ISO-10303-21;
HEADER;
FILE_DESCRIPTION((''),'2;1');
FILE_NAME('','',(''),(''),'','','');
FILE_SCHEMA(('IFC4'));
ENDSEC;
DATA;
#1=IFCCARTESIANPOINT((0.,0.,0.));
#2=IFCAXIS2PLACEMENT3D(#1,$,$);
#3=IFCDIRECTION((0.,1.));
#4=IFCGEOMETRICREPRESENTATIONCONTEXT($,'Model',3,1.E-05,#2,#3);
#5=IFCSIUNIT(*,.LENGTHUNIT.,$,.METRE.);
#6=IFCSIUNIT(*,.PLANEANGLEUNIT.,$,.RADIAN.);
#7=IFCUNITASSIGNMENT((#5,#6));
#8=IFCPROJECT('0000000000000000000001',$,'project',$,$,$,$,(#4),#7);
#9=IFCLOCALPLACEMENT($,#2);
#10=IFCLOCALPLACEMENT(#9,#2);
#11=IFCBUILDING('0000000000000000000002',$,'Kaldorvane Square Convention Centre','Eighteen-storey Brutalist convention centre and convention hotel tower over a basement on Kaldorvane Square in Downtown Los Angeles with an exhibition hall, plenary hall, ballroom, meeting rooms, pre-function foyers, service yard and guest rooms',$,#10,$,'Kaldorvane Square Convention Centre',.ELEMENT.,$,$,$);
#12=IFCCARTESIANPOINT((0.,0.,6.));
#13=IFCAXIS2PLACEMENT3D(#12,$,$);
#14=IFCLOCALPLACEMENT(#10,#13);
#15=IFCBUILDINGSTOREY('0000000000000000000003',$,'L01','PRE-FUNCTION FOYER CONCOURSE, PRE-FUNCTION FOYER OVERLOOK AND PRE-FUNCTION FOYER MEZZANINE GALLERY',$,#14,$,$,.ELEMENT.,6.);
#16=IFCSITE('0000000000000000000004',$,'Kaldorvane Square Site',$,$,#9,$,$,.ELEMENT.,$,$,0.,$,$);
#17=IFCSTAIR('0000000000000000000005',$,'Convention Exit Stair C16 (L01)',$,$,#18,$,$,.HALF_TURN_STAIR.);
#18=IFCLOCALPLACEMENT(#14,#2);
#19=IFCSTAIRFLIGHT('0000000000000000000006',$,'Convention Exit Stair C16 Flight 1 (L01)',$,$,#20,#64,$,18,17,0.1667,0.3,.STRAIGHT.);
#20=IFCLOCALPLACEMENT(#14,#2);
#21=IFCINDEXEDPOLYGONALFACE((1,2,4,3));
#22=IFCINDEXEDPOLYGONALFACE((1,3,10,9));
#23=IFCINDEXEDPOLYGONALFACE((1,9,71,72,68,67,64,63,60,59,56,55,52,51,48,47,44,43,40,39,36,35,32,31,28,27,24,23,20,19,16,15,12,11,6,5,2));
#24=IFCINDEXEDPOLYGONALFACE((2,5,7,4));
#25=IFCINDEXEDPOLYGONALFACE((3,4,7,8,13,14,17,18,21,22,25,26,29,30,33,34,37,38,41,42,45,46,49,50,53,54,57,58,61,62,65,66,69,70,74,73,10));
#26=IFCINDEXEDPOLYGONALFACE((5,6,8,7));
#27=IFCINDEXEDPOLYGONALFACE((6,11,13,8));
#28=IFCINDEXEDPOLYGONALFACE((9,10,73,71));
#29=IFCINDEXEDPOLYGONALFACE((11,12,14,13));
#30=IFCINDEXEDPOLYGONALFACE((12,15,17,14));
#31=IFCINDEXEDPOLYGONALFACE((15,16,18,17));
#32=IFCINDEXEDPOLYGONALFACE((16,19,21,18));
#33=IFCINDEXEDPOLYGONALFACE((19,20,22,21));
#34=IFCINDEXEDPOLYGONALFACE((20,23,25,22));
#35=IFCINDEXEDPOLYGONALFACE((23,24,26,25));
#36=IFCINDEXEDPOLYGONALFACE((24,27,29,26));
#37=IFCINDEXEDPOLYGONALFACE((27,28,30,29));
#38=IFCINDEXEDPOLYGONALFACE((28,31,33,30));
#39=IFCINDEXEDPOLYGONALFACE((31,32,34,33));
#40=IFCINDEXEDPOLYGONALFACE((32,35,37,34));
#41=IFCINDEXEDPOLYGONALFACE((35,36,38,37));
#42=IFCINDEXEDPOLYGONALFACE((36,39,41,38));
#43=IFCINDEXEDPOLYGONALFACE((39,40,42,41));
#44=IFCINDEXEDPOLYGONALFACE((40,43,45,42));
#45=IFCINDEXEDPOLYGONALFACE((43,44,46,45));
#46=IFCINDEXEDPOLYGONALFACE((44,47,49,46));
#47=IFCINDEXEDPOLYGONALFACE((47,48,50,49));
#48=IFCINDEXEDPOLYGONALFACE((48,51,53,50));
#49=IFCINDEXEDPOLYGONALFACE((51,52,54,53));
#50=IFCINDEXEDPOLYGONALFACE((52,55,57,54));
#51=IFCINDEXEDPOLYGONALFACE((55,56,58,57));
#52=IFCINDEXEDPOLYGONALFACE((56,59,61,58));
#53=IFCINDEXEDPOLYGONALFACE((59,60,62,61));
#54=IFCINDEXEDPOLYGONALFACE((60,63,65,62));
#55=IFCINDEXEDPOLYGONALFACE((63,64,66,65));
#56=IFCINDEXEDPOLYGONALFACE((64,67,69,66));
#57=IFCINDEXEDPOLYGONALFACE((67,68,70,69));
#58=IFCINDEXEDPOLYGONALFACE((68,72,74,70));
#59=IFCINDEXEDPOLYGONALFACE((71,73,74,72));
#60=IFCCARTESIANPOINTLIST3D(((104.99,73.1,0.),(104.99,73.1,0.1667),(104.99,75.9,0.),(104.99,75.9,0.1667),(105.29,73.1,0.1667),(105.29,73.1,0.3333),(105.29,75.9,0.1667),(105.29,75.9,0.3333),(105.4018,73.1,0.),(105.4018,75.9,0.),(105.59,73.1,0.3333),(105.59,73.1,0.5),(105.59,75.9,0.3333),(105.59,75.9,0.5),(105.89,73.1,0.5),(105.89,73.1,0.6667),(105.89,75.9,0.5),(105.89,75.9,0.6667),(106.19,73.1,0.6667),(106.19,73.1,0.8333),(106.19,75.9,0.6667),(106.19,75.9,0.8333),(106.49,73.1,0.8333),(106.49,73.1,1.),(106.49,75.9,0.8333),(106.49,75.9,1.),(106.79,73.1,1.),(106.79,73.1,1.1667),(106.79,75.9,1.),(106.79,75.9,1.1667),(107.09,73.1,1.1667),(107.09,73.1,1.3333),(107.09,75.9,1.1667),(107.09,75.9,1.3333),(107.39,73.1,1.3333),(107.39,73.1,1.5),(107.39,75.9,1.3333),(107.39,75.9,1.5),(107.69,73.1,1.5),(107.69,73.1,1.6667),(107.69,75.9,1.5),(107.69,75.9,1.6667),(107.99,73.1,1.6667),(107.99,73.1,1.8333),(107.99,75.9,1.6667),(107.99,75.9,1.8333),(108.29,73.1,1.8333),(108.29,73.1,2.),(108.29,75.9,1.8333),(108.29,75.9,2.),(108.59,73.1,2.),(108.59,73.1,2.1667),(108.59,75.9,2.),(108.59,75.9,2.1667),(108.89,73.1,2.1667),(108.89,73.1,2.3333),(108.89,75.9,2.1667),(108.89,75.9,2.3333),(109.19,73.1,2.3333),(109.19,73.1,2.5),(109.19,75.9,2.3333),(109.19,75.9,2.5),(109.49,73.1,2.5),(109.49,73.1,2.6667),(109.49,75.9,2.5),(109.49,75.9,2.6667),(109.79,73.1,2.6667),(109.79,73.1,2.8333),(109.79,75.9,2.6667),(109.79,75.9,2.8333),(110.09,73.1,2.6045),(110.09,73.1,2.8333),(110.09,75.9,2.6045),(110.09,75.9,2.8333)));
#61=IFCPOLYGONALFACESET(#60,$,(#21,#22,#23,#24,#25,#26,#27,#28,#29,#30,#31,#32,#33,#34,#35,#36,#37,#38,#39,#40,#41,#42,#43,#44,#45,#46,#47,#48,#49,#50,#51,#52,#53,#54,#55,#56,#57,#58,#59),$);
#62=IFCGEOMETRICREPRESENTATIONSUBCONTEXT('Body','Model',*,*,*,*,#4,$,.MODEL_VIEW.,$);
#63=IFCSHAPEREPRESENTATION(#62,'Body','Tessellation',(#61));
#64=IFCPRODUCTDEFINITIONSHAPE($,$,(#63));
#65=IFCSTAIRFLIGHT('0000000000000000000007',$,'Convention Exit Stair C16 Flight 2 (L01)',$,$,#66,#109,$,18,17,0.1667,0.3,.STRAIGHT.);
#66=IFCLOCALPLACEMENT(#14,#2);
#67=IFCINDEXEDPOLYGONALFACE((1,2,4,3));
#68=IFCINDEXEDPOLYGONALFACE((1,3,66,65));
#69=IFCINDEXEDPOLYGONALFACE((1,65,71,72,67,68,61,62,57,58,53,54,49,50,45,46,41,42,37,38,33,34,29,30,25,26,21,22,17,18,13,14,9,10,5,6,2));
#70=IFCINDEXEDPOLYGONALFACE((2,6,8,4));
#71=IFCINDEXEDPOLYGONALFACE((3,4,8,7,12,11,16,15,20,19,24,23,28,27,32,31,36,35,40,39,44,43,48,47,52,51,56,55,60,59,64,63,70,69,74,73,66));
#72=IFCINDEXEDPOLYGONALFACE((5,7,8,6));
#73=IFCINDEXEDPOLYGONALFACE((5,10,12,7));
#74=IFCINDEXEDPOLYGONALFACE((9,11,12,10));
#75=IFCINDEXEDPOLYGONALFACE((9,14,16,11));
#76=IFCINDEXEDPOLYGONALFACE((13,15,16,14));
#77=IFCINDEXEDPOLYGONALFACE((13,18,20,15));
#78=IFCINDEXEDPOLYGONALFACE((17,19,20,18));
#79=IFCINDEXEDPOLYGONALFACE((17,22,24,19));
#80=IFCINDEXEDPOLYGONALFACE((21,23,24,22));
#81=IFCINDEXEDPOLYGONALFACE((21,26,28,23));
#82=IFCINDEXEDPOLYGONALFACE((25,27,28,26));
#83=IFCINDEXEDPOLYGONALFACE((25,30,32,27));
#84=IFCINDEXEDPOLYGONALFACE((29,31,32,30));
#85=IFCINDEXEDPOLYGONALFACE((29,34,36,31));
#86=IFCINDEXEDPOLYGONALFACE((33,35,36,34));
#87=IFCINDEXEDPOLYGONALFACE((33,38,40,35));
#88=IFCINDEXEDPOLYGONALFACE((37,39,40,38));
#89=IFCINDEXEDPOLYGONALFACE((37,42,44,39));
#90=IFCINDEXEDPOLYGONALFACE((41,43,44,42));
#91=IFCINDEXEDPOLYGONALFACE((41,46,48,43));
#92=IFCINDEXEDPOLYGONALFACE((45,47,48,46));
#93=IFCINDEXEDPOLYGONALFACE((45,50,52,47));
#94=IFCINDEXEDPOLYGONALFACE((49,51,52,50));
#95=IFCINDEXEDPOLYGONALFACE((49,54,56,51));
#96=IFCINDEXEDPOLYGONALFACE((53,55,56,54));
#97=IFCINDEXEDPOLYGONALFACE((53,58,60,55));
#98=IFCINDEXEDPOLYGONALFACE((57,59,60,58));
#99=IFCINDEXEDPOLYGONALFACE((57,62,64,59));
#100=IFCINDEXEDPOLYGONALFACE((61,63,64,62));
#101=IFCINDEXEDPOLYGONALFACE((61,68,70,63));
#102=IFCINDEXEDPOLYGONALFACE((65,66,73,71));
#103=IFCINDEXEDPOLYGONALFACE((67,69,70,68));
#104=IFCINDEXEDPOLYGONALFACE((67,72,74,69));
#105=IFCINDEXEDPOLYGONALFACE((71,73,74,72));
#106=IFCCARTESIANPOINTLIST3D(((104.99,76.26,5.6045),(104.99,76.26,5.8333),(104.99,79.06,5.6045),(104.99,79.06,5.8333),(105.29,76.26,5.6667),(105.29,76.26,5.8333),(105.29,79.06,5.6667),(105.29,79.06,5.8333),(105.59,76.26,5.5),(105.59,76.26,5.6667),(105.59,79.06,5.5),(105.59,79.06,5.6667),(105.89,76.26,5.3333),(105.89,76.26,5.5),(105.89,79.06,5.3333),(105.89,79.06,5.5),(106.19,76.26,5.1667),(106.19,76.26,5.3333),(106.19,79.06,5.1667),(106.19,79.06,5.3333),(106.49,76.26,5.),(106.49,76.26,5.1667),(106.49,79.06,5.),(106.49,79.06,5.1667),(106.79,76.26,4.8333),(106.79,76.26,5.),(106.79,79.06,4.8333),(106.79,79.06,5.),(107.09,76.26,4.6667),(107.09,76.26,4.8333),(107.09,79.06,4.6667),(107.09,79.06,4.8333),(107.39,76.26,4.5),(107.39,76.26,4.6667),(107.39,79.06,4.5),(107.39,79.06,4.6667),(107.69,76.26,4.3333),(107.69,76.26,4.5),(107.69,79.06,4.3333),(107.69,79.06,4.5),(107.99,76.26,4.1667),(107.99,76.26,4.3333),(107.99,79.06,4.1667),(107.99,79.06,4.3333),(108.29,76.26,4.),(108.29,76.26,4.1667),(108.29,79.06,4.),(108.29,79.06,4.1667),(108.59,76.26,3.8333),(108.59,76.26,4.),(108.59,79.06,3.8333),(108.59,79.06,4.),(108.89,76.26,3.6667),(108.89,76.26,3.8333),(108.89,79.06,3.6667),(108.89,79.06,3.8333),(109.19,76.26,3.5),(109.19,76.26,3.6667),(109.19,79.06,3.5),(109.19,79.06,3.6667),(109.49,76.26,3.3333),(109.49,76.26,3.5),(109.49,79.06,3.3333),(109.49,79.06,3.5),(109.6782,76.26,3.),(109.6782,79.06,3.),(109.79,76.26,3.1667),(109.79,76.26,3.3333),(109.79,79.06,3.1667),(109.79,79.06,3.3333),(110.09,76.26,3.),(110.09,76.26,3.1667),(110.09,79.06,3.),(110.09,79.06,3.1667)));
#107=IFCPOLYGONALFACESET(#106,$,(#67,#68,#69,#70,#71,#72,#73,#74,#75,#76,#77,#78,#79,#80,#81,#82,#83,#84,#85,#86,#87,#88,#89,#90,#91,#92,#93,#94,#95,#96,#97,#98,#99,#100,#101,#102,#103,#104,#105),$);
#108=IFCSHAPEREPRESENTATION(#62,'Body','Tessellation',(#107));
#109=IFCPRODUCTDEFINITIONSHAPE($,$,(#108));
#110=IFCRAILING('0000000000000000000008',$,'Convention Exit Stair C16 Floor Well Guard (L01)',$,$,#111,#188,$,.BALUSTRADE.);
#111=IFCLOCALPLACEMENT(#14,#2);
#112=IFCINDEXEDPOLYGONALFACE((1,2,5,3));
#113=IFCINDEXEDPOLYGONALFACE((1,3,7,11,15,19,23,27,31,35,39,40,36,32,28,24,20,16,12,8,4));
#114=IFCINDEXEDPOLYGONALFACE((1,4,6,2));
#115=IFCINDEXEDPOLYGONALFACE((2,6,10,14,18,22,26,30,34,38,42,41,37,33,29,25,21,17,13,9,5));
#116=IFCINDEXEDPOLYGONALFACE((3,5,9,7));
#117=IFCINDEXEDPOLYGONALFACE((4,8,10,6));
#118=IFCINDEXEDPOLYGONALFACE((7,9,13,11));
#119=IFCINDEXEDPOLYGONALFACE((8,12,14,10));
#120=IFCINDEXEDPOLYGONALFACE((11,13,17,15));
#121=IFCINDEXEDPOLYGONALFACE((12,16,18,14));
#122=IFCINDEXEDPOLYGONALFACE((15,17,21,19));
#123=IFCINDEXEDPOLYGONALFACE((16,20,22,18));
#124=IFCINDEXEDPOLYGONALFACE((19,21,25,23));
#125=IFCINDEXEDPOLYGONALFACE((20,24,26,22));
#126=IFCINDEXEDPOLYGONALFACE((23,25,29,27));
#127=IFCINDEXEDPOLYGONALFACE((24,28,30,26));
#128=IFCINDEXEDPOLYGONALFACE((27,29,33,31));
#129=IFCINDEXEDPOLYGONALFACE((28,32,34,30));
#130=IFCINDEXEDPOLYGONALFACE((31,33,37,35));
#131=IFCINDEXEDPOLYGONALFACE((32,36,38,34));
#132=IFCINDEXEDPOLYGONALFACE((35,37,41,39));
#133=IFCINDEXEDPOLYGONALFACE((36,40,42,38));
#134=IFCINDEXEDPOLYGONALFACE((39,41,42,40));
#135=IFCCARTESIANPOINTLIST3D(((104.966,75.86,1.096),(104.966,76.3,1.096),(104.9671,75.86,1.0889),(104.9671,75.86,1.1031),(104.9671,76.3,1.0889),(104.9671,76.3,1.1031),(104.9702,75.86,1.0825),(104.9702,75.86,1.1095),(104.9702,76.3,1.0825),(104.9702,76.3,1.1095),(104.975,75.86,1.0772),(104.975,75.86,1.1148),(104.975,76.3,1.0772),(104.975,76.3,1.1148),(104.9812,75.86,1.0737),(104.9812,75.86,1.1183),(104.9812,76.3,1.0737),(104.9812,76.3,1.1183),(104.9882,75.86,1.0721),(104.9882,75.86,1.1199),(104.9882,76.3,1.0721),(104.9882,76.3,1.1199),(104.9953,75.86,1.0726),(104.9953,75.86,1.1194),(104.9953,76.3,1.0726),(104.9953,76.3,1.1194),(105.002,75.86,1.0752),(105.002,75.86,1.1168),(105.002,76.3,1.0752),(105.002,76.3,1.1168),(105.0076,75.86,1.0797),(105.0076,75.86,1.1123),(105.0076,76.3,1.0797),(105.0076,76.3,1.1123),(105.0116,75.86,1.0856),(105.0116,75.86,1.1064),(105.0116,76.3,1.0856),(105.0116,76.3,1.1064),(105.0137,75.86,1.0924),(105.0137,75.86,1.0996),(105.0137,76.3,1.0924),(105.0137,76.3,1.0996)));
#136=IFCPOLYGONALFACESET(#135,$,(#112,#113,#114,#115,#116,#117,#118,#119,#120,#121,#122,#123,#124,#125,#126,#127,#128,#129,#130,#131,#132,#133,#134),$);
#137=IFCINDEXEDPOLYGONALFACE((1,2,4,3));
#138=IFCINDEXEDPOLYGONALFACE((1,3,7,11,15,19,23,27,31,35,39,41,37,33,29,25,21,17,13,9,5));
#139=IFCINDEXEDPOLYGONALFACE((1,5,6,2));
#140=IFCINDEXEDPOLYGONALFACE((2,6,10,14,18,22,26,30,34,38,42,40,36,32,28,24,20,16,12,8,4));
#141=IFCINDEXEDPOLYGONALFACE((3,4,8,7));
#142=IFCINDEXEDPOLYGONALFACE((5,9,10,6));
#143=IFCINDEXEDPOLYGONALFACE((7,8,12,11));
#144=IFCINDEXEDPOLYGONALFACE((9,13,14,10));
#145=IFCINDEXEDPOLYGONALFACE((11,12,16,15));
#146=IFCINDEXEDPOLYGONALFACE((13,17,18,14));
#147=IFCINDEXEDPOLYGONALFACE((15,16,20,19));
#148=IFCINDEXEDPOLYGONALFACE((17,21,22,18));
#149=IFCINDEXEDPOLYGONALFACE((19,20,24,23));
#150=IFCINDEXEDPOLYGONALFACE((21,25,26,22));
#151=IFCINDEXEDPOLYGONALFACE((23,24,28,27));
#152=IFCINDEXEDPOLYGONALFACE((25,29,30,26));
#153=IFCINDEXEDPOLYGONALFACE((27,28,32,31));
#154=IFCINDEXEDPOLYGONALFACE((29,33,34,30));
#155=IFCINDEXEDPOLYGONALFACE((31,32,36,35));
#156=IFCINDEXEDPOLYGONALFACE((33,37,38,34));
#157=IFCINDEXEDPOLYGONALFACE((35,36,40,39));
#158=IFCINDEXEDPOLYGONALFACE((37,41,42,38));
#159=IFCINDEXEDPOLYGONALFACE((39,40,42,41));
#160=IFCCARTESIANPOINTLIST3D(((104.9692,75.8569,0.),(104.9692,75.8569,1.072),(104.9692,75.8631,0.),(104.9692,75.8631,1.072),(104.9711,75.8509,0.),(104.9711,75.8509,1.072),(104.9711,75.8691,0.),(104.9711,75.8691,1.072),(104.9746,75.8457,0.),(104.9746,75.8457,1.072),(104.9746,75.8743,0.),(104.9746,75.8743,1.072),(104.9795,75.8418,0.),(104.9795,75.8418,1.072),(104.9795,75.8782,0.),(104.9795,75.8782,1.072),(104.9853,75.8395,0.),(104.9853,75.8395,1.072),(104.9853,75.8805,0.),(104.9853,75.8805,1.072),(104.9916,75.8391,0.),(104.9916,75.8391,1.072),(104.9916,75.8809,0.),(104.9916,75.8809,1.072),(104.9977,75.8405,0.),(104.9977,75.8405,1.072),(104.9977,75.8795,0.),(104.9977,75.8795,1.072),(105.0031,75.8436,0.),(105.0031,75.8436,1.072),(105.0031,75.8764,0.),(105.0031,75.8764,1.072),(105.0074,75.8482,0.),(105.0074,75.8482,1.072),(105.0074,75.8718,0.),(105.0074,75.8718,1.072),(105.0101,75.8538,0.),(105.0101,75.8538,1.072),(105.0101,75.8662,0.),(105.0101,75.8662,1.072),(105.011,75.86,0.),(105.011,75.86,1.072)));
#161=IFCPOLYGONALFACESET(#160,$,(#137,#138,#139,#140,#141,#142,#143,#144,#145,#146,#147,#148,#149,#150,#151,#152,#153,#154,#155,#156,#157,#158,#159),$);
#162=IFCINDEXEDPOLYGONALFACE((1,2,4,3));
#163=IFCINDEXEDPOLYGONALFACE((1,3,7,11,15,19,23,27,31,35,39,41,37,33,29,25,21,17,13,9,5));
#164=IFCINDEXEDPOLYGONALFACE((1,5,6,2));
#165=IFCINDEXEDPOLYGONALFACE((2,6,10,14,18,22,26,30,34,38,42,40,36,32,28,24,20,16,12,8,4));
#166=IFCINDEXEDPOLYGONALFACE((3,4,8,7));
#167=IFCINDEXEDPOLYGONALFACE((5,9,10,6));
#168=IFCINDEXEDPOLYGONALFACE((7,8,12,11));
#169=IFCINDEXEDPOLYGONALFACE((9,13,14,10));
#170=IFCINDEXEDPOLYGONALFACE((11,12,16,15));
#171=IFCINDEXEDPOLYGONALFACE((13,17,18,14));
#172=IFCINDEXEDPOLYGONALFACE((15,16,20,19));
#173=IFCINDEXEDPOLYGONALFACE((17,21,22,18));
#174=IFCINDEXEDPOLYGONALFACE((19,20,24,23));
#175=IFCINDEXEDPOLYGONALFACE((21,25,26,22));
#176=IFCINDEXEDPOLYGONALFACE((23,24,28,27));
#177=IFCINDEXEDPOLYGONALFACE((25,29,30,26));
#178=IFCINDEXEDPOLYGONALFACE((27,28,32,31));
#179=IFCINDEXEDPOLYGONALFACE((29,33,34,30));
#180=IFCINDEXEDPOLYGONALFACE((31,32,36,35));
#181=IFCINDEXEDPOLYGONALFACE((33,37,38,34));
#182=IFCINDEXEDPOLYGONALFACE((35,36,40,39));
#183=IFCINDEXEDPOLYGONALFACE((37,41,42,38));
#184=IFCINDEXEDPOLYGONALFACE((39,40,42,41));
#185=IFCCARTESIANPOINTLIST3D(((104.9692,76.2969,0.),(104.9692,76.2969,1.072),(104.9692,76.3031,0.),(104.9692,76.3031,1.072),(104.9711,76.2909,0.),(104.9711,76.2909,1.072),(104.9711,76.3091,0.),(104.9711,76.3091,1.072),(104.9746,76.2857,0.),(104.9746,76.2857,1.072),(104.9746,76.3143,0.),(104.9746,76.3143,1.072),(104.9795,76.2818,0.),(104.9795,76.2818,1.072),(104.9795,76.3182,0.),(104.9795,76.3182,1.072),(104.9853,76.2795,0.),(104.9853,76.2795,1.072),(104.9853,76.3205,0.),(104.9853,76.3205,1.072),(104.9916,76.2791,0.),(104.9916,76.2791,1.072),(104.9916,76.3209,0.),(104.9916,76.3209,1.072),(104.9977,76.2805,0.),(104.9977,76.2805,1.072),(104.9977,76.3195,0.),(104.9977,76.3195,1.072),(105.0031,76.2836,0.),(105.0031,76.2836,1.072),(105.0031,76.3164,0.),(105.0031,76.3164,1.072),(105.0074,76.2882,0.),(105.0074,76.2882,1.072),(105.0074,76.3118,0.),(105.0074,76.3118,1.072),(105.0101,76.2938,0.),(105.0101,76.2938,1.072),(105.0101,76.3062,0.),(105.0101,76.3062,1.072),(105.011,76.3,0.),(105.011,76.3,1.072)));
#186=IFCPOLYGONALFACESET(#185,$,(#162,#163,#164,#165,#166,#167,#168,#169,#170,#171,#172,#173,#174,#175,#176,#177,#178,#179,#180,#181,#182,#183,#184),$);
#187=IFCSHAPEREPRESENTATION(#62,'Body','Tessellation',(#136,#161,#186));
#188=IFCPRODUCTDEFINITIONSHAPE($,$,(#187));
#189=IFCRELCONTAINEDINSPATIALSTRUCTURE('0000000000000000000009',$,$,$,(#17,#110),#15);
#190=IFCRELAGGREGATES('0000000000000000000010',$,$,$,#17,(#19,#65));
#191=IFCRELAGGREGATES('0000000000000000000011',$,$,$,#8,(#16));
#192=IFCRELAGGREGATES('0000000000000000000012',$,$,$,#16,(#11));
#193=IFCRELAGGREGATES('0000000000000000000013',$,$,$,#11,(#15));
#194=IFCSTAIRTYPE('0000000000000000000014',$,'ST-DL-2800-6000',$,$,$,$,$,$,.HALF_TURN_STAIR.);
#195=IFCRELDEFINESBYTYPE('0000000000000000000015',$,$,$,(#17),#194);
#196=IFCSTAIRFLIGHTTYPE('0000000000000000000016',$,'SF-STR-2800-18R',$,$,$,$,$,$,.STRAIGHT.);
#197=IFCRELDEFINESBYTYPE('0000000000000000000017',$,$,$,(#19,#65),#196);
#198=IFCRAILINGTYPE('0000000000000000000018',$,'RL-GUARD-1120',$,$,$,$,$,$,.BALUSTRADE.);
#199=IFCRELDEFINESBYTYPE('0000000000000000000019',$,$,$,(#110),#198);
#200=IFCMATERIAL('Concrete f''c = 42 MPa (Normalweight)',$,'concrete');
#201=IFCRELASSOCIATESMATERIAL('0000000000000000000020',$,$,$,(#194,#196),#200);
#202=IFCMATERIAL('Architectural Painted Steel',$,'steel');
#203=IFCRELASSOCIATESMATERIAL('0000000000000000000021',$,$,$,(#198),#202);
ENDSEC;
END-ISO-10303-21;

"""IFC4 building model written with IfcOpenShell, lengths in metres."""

from ifc_helpers import new_model, si_unit, direction, frame, origin, origin_2d, place, context, subcontext, project, spatial, polyline, circle, outline, extrude, material, type_object, element, aggregate, save


model = new_model("IFC4")

# Units and contexts
model_context = context("Model", 3, precision=1e-05, world=origin(), true_north=direction((0.0, 1.0)))
body_context = subcontext(model_context, "Body", "Model", "MODEL_VIEW")
ifc_project = project(units=[si_unit("LENGTHUNIT", "METRE"), si_unit("PLANEANGLEUNIT", "RADIAN")], contexts=[model_context])

# Site, building, storey
site_placement = place(None, origin())
site = spatial("IfcSite", under=ifc_project, at=site_placement, Name="Kaldorvane Square Site", CompositionType="ELEMENT", RefElevation=0.0)
building_placement = place(site_placement, origin())
building = spatial("IfcBuilding", under=site, at=building_placement, Name="Kaldorvane Square Convention Centre", Description="Eighteen-storey Brutalist convention centre and convention hotel tower over a basement on Kaldorvane Square in Downtown Los Angeles with an exhibition hall, plenary hall, ballroom, meeting rooms, pre-function foyers, service yard and guest rooms", LongName="Kaldorvane Square Convention Centre", CompositionType="ELEMENT")
storey_placement = place(building_placement, frame((0.0, 0.0, 6.0)))
storey = spatial("IfcBuildingStorey", under=building, at=storey_placement, Name="L01", Description="PRE-FUNCTION FOYER CONCOURSE, PRE-FUNCTION FOYER OVERLOOK AND PRE-FUNCTION FOYER MEZZANINE GALLERY", CompositionType="ELEMENT", Elevation=6.0)

# Stair, stair flights
ifc_material_1 = material(Name="Concrete f'c = 42 MPa (Normalweight)", Category="concrete")
stair_type = type_object("IfcStairType", Name="ST-DL-2800-6000", PredefinedType="HALF_TURN_STAIR", material=ifc_material_1)
stair_placement = place(storey_placement, origin())
stair = element("IfcStair", 1, at=stair_placement, inside=storey, type_object=stair_type, Name="Convention Exit Stair C16 (L01)", PredefinedType="HALF_TURN_STAIR")
stair_flight_type = type_object("IfcStairFlightType", Name="SF-STR-2800-18R", PredefinedType="STRAIGHT", material=ifc_material_1)
stair_flight_1_placement = place(storey_placement, frame((104.99, 74.5, 0.0), z_axis=(0.0, 0.0, 1.0), x_axis=(1.0, 0.0, 0.0)))
stair_flight_1 = element("IfcStairFlight", 2, at=stair_flight_1_placement, type_object=stair_flight_type, Name="Convention Exit Stair C16 Flight 1 (L01)", NumberOfRisers=18, NumberOfTreads=17, PredefinedType="STRAIGHT", RiserHeight=0.1667, TreadLength=0.3, context=body_context, shape_type="SweptSolid", body=[
    extrude(outline(polyline([(0.0, 0.0), (0.0, 0.1667), (0.3, 0.1667), (0.3, 0.3333), (0.6, 0.3333), (0.6, 0.5), (0.9, 0.5), (0.9, 0.6667), (1.2, 0.6667), (1.2, 0.8333), (1.5, 0.8333), (1.5, 1.0), (1.8, 1.0), (1.8, 1.1667), (2.1, 1.1667), (2.1, 1.3333), (2.4, 1.3333), (2.4, 1.5), (2.7, 1.5), (2.7, 1.6667), (3.0, 1.6667), (3.0, 1.8333), (3.3, 1.8333), (3.3, 2.0), (3.6, 2.0), (3.6, 2.1667), (3.9, 2.1667), (3.9, 2.3333), (4.2, 2.3333), (4.2, 2.5), (4.5, 2.5), (4.5, 2.6667), (4.8, 2.6667), (4.8, 2.8333), (5.1, 2.8333), (5.1, 3.0), (5.1, 2.6045), (0.4118, 0.0), (0.0, 0.0)])), frame((0.0, 1.4, 0.0), z_axis=(0.0, -1.0, 0.0), x_axis=(1.0, 0.0, 0.0)), (0.0, 0.0, 1.0), 2.8),
])
stair_flight_2_placement = place(storey_placement, frame((110.09, 77.66, 3.0), z_axis=(0.0, 0.0, 1.0), x_axis=(-1.0, 0.0, 0.0)))
stair_flight_2 = element("IfcStairFlight", 3, at=stair_flight_2_placement, type_object=stair_flight_type, Name="Convention Exit Stair C16 Flight 2 (L01)", NumberOfRisers=18, NumberOfTreads=17, PredefinedType="STRAIGHT", RiserHeight=0.1667, TreadLength=0.3, context=body_context, shape_type="SweptSolid", body=[
    extrude(outline(polyline([(0.0, 0.0), (0.0, 0.1667), (0.3, 0.1667), (0.3, 0.3333), (0.6, 0.3333), (0.6, 0.5), (0.9, 0.5), (0.9, 0.6667), (1.2, 0.6667), (1.2, 0.8333), (1.5, 0.8333), (1.5, 1.0), (1.8, 1.0), (1.8, 1.1667), (2.1, 1.1667), (2.1, 1.3333), (2.4, 1.3333), (2.4, 1.5), (2.7, 1.5), (2.7, 1.6667), (3.0, 1.6667), (3.0, 1.8333), (3.3, 1.8333), (3.3, 2.0), (3.6, 2.0), (3.6, 2.1667), (3.9, 2.1667), (3.9, 2.3333), (4.2, 2.3333), (4.2, 2.5), (4.5, 2.5), (4.5, 2.6667), (4.8, 2.6667), (4.8, 2.8333), (5.1, 2.8333), (5.1, 3.0), (5.1, 2.6045), (0.4118, 0.0), (0.0, 0.0)])), frame((0.0, 1.4, 0.0), z_axis=(0.0, -1.0, 0.0), x_axis=(1.0, 0.0, 0.0)), (0.0, 0.0, 1.0), 2.8),
])
aggregate(stair, [stair_flight_1, stair_flight_2])

# Railing
ifc_material_2 = material(Name="Architectural Painted Steel", Category="steel")
railing_type_1 = type_object("IfcRailingType", Name="RL-GUARD-1120", PredefinedType="BALUSTRADE", material=ifc_material_2)
for number, where, name in (
    (4, (104.99, 75.86, 0.0), "Convention Exit Stair C16 Floor Well Guard (L01)"),
):
    element("IfcRailing", number, at=place(storey_placement, frame(where)), inside=storey, type_object=railing_type_1, Name=name, PredefinedType="BALUSTRADE", context=body_context, shape_type="SweptSolid", body=[
        extrude(circle(Radius=0.024, at=origin_2d()), frame((0.0, 0.0, 1.096), z_axis=(0.0, 1.0, 0.0), x_axis=(-1.0, 0.0, 0.0)), (0.0, 0.0, 1.0), 0.44),
        extrude(circle(Radius=0.021, at=origin_2d()), origin(), (0.0, 0.0, 1.0), 1.072),
        extrude(circle(Radius=0.021, at=origin_2d()), frame((0.0, 0.44, 0.0)), (0.0, 0.0, 1.0), 1.072),
    ])

save(model, "model.ifc")
